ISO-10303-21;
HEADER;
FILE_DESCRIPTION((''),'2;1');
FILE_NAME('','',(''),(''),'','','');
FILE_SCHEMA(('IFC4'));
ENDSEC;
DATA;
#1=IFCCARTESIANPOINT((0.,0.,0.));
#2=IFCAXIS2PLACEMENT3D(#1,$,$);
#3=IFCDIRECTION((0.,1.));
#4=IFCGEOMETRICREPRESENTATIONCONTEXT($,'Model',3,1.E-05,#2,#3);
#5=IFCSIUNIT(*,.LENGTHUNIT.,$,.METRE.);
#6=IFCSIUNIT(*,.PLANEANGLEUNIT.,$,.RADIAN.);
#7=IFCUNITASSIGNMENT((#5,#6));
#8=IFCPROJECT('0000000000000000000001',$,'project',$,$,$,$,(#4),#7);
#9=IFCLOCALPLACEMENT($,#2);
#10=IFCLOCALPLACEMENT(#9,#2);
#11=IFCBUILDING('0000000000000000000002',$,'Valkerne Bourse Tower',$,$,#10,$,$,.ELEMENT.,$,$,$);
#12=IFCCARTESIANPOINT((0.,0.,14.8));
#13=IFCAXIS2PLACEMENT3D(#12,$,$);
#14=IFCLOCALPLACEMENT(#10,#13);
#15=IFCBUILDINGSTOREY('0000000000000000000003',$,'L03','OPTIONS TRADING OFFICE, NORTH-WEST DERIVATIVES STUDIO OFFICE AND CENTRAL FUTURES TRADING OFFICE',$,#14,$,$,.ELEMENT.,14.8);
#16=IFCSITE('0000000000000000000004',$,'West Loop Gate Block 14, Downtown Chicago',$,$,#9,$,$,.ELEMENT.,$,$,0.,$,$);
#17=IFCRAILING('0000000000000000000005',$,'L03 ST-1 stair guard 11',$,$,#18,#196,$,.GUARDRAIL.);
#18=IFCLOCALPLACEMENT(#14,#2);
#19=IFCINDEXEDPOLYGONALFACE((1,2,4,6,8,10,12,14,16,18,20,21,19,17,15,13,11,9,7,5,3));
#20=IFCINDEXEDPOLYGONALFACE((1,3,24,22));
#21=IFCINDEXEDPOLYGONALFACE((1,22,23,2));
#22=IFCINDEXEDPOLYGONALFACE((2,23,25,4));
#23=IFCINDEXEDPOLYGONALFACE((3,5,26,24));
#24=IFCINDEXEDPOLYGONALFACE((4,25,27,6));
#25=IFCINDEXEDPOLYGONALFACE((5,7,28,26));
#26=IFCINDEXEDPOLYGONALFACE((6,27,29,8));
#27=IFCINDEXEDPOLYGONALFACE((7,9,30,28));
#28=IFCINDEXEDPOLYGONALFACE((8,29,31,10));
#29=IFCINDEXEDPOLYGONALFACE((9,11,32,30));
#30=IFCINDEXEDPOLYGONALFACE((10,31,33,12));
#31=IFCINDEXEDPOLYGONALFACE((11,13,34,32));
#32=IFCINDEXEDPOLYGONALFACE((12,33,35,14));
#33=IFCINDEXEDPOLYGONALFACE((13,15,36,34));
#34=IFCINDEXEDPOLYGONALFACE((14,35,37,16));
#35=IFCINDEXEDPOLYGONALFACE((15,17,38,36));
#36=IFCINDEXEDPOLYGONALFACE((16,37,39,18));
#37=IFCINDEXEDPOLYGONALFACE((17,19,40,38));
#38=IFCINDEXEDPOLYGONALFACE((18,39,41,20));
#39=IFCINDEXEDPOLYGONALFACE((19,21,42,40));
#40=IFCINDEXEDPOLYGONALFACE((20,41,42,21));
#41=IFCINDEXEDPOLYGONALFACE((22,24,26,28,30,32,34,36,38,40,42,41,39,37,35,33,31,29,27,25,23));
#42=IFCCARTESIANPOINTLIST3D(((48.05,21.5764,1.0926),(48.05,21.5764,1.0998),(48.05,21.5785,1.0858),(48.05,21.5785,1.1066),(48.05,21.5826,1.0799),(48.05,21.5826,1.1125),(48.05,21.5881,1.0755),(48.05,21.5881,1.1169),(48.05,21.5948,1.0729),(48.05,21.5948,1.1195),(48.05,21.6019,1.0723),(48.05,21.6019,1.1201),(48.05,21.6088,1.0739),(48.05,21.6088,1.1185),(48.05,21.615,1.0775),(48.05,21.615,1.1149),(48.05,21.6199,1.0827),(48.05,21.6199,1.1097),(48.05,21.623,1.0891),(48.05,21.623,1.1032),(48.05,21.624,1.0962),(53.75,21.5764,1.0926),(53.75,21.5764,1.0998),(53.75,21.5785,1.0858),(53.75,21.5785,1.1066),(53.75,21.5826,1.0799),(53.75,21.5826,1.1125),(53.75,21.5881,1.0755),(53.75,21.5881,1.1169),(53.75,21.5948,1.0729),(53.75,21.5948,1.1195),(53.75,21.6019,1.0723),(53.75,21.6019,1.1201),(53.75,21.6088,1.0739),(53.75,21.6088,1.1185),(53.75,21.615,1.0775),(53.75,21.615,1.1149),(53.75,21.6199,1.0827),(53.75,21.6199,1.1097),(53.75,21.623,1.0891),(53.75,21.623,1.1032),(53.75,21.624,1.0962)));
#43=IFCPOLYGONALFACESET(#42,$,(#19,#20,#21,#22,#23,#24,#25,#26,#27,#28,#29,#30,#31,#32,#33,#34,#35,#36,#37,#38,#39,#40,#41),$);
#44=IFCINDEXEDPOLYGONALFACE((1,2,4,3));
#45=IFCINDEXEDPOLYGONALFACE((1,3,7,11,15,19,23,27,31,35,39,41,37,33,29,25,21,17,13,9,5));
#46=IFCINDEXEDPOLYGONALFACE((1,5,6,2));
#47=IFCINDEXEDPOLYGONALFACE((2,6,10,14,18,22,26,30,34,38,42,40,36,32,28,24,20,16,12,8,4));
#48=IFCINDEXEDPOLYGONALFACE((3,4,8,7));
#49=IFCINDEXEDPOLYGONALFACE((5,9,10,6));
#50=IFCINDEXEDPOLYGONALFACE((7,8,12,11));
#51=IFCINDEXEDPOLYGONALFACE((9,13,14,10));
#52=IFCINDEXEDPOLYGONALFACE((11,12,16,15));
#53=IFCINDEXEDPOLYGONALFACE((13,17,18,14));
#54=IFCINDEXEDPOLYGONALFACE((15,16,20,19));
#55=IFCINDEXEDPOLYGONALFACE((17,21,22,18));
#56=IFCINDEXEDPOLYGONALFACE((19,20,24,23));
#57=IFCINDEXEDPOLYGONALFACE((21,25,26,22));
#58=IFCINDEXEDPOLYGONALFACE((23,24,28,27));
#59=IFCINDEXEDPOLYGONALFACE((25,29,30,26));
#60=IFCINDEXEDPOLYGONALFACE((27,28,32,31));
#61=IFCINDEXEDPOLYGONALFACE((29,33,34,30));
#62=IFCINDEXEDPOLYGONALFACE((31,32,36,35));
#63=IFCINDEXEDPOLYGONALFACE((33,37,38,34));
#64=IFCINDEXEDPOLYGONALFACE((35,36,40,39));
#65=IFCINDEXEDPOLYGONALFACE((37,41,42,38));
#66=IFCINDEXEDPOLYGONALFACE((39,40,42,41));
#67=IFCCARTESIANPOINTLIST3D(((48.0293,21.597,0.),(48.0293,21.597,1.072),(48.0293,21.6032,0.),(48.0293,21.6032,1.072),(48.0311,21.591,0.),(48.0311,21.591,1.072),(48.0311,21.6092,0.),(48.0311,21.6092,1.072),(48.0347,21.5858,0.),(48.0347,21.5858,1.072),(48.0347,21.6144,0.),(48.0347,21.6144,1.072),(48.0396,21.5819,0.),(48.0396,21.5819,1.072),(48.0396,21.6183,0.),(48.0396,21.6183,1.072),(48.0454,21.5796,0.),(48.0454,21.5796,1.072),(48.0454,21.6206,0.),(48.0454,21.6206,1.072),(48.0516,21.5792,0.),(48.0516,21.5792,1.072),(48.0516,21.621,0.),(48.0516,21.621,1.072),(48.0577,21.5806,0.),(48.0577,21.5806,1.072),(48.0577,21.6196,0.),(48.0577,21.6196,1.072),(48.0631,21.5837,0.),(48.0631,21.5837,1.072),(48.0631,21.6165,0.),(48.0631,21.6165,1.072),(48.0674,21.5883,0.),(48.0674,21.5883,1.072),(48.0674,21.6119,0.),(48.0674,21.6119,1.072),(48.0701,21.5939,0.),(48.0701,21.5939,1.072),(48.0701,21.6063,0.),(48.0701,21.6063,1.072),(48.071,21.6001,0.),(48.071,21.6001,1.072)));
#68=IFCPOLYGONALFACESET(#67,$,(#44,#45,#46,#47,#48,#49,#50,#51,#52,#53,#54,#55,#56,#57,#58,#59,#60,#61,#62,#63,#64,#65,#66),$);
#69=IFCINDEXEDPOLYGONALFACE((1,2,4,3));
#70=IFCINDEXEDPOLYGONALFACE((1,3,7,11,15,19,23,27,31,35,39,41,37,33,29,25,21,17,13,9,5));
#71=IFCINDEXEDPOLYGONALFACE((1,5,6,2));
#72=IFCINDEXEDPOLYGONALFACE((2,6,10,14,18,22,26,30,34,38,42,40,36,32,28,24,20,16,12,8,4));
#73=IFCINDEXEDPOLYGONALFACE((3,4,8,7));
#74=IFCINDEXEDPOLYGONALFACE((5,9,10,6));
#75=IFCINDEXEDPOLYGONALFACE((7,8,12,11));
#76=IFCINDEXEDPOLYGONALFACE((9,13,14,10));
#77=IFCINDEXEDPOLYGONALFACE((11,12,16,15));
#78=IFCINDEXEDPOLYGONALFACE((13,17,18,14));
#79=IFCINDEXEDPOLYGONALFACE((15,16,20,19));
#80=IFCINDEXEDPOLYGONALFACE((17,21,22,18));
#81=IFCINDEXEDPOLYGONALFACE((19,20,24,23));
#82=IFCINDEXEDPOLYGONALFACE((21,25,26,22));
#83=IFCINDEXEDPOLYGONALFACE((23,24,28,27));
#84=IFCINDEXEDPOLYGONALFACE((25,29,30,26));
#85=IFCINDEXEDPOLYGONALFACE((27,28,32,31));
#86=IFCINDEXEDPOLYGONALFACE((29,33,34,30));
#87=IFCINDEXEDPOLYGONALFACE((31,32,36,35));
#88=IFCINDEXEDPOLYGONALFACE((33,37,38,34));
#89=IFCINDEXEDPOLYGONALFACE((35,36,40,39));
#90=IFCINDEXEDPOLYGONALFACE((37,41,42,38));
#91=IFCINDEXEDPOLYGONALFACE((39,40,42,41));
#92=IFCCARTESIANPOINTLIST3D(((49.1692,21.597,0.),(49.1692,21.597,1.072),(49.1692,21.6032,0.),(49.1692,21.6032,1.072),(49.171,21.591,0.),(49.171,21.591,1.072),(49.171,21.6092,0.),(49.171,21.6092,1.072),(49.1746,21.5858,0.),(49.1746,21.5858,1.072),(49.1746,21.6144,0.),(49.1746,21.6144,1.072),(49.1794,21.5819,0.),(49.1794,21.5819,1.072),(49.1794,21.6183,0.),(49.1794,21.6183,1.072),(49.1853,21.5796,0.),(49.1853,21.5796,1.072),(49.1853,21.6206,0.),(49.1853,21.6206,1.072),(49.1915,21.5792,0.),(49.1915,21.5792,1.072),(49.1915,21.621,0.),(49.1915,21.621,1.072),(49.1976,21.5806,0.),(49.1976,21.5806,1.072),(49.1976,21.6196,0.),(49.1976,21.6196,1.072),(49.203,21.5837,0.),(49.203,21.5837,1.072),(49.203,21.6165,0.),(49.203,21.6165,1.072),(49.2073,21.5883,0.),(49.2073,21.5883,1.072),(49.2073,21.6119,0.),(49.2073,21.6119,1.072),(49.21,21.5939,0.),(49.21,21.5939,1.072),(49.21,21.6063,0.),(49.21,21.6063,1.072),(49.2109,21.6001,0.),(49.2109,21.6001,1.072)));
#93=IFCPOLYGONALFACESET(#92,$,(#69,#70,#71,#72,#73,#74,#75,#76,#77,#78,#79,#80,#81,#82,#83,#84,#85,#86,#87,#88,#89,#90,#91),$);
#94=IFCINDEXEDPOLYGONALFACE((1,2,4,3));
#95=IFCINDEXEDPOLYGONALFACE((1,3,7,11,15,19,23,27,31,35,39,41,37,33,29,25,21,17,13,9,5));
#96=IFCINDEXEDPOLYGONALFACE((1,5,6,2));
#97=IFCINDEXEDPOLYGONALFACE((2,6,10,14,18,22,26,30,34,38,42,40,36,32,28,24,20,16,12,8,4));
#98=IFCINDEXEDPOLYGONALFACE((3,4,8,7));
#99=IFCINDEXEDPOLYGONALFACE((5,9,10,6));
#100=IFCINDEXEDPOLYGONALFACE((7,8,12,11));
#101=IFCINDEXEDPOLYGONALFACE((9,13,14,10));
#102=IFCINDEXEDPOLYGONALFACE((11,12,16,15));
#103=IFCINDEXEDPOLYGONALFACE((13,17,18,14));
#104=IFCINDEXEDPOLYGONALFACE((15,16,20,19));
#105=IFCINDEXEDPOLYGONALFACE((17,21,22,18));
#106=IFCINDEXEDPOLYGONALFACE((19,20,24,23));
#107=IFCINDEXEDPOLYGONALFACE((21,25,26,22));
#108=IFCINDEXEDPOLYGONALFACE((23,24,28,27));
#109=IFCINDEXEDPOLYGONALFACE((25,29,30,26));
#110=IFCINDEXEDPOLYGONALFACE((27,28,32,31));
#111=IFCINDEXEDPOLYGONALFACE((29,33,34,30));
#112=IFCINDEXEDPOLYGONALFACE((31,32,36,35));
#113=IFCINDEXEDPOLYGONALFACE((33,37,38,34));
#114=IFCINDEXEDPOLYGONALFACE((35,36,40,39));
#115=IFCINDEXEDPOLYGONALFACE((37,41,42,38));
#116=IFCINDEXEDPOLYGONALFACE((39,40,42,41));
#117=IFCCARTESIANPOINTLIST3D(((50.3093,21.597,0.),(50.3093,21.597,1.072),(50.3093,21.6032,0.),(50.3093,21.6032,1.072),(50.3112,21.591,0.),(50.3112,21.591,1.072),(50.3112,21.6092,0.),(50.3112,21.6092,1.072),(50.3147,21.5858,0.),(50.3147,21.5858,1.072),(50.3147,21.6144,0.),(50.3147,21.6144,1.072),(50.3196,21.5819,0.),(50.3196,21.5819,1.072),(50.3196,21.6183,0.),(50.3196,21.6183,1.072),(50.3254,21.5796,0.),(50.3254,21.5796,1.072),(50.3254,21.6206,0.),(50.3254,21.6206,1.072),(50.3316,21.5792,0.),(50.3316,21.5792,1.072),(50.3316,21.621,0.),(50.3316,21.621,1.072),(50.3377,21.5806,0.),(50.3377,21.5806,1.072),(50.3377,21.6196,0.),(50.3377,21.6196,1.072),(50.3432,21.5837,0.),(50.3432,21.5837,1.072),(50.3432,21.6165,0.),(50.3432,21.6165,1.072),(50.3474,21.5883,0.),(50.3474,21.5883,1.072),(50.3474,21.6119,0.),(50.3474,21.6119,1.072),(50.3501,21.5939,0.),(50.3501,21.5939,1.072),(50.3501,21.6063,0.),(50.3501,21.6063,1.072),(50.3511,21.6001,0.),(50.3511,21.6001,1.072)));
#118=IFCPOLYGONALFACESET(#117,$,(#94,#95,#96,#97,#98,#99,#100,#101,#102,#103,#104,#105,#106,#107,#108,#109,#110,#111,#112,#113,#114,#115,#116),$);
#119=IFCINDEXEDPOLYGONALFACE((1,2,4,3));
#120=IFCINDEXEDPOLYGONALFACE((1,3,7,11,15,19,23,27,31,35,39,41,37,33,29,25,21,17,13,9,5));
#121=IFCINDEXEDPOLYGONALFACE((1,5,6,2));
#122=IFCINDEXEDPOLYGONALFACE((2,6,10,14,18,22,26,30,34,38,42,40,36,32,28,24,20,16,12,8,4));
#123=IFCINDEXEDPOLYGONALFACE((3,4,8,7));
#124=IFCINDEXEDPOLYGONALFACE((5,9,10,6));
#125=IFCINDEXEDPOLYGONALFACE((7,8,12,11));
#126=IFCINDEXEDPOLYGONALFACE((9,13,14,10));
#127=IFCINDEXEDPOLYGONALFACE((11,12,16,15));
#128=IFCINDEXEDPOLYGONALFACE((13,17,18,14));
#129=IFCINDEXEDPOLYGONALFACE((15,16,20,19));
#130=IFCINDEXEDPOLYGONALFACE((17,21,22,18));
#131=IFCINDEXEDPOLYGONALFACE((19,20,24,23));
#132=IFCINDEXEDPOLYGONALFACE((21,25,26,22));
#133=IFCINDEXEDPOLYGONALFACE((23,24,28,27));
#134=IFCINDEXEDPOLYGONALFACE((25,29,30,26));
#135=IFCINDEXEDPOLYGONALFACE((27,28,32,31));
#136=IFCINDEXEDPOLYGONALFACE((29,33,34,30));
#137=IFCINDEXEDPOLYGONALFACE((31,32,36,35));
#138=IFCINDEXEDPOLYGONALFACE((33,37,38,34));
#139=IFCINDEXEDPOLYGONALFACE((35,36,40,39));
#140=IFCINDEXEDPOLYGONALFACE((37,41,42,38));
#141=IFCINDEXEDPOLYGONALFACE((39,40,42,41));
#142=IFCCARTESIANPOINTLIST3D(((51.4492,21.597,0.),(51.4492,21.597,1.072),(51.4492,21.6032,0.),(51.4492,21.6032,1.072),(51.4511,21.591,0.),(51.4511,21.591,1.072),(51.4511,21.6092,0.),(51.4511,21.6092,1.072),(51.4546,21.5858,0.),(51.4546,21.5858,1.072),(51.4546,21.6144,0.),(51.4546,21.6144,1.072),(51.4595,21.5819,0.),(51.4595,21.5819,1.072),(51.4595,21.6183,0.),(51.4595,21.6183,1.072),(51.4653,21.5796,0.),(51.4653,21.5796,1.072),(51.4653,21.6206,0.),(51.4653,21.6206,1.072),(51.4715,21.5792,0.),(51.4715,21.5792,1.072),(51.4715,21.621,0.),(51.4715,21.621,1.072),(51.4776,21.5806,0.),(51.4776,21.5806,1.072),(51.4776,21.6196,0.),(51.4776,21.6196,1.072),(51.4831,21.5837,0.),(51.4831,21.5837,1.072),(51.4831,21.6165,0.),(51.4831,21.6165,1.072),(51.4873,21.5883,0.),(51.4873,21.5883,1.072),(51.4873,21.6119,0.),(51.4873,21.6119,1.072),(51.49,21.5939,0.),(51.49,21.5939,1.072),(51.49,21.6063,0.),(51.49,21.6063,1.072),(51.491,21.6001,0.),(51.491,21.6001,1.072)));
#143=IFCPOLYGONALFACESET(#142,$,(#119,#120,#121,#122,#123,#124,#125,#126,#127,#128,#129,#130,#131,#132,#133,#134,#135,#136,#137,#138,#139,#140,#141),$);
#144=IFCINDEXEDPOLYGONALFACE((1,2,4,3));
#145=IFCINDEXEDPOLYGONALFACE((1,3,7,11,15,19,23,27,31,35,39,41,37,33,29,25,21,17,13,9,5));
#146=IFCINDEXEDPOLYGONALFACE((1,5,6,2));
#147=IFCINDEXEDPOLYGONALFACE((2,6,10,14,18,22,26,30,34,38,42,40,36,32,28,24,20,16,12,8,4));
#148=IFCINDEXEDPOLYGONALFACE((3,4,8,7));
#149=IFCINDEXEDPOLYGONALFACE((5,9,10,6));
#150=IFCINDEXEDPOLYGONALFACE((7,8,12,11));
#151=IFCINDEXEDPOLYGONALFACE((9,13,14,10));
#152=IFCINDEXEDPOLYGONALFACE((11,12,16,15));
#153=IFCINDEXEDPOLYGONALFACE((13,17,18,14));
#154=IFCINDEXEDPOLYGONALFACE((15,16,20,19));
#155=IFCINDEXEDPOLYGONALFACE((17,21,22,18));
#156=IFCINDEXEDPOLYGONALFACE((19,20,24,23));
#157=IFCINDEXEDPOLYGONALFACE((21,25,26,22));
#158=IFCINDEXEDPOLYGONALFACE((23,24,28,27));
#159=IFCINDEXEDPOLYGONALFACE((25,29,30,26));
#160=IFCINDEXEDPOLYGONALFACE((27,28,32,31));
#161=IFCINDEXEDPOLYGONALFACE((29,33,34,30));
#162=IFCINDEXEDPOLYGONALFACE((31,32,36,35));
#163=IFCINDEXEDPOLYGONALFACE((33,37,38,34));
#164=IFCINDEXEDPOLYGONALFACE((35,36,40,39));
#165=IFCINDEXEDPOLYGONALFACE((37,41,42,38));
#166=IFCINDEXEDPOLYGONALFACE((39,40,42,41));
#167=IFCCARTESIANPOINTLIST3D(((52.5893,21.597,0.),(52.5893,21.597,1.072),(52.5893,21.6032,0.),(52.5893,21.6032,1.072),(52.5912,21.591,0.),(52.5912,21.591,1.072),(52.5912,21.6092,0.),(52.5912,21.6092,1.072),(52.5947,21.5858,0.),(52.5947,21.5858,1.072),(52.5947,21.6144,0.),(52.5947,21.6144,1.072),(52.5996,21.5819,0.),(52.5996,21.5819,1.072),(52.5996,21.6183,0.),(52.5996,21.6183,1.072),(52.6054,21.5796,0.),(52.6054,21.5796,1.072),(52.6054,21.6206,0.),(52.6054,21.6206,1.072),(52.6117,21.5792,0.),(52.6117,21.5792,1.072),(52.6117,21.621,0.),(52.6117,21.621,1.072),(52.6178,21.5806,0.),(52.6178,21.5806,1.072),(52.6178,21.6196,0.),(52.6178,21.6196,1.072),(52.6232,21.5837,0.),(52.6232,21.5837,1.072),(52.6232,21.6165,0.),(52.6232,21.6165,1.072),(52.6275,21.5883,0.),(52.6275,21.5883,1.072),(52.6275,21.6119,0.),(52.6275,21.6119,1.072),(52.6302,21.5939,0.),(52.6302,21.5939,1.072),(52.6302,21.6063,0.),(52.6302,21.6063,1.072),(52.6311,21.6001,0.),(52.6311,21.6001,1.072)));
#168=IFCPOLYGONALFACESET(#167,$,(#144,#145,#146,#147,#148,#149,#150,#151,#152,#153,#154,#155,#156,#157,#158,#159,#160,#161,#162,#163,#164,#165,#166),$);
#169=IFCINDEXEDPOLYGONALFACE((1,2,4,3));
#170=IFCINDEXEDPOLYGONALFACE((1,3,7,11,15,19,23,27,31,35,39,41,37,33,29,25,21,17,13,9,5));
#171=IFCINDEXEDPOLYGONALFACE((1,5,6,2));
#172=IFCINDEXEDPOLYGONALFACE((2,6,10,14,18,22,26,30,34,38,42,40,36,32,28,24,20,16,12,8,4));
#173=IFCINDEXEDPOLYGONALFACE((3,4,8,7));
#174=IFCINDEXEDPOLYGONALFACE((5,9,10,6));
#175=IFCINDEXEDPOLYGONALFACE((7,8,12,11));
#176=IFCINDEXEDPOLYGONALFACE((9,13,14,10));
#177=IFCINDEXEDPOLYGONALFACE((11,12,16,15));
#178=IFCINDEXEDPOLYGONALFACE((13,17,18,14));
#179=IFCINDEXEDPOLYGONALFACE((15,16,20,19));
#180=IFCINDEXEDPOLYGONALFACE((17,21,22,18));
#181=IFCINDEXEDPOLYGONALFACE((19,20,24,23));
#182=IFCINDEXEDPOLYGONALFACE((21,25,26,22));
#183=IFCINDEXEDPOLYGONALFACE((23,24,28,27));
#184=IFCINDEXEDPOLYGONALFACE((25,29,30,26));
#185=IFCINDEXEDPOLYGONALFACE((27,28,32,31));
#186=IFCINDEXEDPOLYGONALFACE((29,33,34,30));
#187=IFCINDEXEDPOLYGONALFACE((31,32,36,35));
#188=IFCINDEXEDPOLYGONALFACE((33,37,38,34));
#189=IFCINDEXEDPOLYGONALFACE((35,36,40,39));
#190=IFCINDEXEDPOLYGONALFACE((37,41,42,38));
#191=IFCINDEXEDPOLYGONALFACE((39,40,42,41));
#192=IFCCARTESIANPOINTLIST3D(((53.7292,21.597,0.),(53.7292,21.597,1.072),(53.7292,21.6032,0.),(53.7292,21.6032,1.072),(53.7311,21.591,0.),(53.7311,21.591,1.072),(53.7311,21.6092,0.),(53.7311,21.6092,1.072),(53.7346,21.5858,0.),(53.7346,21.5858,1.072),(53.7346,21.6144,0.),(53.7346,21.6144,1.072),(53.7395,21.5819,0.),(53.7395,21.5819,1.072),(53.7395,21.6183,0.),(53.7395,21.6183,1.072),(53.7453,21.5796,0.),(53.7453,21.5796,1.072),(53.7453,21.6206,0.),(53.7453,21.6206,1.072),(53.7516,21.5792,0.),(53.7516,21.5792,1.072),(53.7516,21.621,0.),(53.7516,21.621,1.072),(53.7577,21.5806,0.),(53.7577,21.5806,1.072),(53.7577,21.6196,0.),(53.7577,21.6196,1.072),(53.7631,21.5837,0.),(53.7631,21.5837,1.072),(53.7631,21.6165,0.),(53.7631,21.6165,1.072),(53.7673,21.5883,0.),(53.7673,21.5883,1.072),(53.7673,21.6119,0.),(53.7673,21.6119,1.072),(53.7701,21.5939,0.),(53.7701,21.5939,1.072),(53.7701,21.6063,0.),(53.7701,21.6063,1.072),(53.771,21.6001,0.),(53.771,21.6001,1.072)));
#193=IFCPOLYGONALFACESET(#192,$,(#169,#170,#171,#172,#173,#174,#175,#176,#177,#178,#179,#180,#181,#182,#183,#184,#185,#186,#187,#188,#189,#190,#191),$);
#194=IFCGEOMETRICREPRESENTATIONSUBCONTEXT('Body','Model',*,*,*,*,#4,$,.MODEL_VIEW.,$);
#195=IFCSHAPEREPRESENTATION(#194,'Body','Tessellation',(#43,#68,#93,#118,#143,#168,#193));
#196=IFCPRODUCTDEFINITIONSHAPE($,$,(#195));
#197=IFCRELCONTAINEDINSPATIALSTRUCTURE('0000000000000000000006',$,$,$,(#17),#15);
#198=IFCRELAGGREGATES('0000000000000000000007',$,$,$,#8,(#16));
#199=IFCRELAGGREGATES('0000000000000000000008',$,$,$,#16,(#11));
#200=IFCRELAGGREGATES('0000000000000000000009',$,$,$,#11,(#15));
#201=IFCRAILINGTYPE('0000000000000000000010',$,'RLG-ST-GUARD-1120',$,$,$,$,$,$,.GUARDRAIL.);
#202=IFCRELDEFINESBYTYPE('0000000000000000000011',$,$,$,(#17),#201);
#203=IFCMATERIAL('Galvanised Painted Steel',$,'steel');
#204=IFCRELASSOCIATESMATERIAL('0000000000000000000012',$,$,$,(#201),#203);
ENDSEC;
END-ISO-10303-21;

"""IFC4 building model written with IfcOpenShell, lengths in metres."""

from ifc_helpers import new_model, si_unit, direction, frame, origin, origin_2d, place, context, subcontext, project, spatial, circle, extrude, material, type_object, element, save


model = new_model("IFC4")

# Units and contexts
model_context = context("Model", 3, precision=1e-05, world=origin(), true_north=direction((0.0, 1.0)))
body_context = subcontext(model_context, "Body", "Model", "MODEL_VIEW")
ifc_project = project(units=[si_unit("LENGTHUNIT", "METRE"), si_unit("PLANEANGLEUNIT", "RADIAN")], contexts=[model_context])

# Site, building, storey
site_placement = place(None, origin())
site = spatial("IfcSite", under=ifc_project, at=site_placement, Name="West Loop Gate Block 14, Downtown Chicago", CompositionType="ELEMENT", RefElevation=0.0)
building_placement = place(site_placement, origin())
building = spatial("IfcBuilding", under=site, at=building_placement, Name="Valkerne Bourse Tower", CompositionType="ELEMENT")
storey_placement = place(building_placement, frame((0.0, 0.0, 14.8)))
storey = spatial("IfcBuildingStorey", under=building, at=storey_placement, Name="L03", Description="OPTIONS TRADING OFFICE, NORTH-WEST DERIVATIVES STUDIO OFFICE AND CENTRAL FUTURES TRADING OFFICE", CompositionType="ELEMENT", Elevation=14.8)

# Shared definitions
ifc_material_1 = material(Name="Galvanised Painted Steel", Category="steel")

# Railing
railing_type_1 = type_object("IfcRailingType", Name="RLG-ST-GUARD-1120", PredefinedType="GUARDRAIL", material=ifc_material_1)
railing_1_placement = place(storey_placement, frame((48.05, 21.6001, 0.0)))
element("IfcRailing", 1, at=railing_1_placement, inside=storey, type_object=railing_type_1, Name="L03 ST-1 stair guard 11", PredefinedType="GUARDRAIL", context=body_context, shape_type="SweptSolid", body=[
    extrude(circle(Radius=0.0239, at=origin_2d()), frame((0.0, 0.0, 1.0962), z_axis=(1.0, 0.0, 0.0), x_axis=(0.0, 1.0, 0.0)), (0.0, 0.0, 1.0), 5.7),
    extrude(circle(Radius=0.021, at=origin_2d()), origin(), (0.0, 0.0, 1.0), 1.072),
    extrude(circle(Radius=0.021, at=origin_2d()), frame((1.1399, 0.0, 0.0)), (0.0, 0.0, 1.0), 1.072),
    extrude(circle(Radius=0.021, at=origin_2d()), frame((2.28, 0.0, 0.0)), (0.0, 0.0, 1.0), 1.072),
    extrude(circle(Radius=0.021, at=origin_2d()), frame((3.4199, 0.0, 0.0)), (0.0, 0.0, 1.0), 1.072),
    extrude(circle(Radius=0.021, at=origin_2d()), frame((4.5601, 0.0, 0.0)), (0.0, 0.0, 1.0), 1.072),
    extrude(circle(Radius=0.021, at=origin_2d()), frame((5.7, 0.0, 0.0)), (0.0, 0.0, 1.0), 1.072),
])

save(model, "model.ifc")
